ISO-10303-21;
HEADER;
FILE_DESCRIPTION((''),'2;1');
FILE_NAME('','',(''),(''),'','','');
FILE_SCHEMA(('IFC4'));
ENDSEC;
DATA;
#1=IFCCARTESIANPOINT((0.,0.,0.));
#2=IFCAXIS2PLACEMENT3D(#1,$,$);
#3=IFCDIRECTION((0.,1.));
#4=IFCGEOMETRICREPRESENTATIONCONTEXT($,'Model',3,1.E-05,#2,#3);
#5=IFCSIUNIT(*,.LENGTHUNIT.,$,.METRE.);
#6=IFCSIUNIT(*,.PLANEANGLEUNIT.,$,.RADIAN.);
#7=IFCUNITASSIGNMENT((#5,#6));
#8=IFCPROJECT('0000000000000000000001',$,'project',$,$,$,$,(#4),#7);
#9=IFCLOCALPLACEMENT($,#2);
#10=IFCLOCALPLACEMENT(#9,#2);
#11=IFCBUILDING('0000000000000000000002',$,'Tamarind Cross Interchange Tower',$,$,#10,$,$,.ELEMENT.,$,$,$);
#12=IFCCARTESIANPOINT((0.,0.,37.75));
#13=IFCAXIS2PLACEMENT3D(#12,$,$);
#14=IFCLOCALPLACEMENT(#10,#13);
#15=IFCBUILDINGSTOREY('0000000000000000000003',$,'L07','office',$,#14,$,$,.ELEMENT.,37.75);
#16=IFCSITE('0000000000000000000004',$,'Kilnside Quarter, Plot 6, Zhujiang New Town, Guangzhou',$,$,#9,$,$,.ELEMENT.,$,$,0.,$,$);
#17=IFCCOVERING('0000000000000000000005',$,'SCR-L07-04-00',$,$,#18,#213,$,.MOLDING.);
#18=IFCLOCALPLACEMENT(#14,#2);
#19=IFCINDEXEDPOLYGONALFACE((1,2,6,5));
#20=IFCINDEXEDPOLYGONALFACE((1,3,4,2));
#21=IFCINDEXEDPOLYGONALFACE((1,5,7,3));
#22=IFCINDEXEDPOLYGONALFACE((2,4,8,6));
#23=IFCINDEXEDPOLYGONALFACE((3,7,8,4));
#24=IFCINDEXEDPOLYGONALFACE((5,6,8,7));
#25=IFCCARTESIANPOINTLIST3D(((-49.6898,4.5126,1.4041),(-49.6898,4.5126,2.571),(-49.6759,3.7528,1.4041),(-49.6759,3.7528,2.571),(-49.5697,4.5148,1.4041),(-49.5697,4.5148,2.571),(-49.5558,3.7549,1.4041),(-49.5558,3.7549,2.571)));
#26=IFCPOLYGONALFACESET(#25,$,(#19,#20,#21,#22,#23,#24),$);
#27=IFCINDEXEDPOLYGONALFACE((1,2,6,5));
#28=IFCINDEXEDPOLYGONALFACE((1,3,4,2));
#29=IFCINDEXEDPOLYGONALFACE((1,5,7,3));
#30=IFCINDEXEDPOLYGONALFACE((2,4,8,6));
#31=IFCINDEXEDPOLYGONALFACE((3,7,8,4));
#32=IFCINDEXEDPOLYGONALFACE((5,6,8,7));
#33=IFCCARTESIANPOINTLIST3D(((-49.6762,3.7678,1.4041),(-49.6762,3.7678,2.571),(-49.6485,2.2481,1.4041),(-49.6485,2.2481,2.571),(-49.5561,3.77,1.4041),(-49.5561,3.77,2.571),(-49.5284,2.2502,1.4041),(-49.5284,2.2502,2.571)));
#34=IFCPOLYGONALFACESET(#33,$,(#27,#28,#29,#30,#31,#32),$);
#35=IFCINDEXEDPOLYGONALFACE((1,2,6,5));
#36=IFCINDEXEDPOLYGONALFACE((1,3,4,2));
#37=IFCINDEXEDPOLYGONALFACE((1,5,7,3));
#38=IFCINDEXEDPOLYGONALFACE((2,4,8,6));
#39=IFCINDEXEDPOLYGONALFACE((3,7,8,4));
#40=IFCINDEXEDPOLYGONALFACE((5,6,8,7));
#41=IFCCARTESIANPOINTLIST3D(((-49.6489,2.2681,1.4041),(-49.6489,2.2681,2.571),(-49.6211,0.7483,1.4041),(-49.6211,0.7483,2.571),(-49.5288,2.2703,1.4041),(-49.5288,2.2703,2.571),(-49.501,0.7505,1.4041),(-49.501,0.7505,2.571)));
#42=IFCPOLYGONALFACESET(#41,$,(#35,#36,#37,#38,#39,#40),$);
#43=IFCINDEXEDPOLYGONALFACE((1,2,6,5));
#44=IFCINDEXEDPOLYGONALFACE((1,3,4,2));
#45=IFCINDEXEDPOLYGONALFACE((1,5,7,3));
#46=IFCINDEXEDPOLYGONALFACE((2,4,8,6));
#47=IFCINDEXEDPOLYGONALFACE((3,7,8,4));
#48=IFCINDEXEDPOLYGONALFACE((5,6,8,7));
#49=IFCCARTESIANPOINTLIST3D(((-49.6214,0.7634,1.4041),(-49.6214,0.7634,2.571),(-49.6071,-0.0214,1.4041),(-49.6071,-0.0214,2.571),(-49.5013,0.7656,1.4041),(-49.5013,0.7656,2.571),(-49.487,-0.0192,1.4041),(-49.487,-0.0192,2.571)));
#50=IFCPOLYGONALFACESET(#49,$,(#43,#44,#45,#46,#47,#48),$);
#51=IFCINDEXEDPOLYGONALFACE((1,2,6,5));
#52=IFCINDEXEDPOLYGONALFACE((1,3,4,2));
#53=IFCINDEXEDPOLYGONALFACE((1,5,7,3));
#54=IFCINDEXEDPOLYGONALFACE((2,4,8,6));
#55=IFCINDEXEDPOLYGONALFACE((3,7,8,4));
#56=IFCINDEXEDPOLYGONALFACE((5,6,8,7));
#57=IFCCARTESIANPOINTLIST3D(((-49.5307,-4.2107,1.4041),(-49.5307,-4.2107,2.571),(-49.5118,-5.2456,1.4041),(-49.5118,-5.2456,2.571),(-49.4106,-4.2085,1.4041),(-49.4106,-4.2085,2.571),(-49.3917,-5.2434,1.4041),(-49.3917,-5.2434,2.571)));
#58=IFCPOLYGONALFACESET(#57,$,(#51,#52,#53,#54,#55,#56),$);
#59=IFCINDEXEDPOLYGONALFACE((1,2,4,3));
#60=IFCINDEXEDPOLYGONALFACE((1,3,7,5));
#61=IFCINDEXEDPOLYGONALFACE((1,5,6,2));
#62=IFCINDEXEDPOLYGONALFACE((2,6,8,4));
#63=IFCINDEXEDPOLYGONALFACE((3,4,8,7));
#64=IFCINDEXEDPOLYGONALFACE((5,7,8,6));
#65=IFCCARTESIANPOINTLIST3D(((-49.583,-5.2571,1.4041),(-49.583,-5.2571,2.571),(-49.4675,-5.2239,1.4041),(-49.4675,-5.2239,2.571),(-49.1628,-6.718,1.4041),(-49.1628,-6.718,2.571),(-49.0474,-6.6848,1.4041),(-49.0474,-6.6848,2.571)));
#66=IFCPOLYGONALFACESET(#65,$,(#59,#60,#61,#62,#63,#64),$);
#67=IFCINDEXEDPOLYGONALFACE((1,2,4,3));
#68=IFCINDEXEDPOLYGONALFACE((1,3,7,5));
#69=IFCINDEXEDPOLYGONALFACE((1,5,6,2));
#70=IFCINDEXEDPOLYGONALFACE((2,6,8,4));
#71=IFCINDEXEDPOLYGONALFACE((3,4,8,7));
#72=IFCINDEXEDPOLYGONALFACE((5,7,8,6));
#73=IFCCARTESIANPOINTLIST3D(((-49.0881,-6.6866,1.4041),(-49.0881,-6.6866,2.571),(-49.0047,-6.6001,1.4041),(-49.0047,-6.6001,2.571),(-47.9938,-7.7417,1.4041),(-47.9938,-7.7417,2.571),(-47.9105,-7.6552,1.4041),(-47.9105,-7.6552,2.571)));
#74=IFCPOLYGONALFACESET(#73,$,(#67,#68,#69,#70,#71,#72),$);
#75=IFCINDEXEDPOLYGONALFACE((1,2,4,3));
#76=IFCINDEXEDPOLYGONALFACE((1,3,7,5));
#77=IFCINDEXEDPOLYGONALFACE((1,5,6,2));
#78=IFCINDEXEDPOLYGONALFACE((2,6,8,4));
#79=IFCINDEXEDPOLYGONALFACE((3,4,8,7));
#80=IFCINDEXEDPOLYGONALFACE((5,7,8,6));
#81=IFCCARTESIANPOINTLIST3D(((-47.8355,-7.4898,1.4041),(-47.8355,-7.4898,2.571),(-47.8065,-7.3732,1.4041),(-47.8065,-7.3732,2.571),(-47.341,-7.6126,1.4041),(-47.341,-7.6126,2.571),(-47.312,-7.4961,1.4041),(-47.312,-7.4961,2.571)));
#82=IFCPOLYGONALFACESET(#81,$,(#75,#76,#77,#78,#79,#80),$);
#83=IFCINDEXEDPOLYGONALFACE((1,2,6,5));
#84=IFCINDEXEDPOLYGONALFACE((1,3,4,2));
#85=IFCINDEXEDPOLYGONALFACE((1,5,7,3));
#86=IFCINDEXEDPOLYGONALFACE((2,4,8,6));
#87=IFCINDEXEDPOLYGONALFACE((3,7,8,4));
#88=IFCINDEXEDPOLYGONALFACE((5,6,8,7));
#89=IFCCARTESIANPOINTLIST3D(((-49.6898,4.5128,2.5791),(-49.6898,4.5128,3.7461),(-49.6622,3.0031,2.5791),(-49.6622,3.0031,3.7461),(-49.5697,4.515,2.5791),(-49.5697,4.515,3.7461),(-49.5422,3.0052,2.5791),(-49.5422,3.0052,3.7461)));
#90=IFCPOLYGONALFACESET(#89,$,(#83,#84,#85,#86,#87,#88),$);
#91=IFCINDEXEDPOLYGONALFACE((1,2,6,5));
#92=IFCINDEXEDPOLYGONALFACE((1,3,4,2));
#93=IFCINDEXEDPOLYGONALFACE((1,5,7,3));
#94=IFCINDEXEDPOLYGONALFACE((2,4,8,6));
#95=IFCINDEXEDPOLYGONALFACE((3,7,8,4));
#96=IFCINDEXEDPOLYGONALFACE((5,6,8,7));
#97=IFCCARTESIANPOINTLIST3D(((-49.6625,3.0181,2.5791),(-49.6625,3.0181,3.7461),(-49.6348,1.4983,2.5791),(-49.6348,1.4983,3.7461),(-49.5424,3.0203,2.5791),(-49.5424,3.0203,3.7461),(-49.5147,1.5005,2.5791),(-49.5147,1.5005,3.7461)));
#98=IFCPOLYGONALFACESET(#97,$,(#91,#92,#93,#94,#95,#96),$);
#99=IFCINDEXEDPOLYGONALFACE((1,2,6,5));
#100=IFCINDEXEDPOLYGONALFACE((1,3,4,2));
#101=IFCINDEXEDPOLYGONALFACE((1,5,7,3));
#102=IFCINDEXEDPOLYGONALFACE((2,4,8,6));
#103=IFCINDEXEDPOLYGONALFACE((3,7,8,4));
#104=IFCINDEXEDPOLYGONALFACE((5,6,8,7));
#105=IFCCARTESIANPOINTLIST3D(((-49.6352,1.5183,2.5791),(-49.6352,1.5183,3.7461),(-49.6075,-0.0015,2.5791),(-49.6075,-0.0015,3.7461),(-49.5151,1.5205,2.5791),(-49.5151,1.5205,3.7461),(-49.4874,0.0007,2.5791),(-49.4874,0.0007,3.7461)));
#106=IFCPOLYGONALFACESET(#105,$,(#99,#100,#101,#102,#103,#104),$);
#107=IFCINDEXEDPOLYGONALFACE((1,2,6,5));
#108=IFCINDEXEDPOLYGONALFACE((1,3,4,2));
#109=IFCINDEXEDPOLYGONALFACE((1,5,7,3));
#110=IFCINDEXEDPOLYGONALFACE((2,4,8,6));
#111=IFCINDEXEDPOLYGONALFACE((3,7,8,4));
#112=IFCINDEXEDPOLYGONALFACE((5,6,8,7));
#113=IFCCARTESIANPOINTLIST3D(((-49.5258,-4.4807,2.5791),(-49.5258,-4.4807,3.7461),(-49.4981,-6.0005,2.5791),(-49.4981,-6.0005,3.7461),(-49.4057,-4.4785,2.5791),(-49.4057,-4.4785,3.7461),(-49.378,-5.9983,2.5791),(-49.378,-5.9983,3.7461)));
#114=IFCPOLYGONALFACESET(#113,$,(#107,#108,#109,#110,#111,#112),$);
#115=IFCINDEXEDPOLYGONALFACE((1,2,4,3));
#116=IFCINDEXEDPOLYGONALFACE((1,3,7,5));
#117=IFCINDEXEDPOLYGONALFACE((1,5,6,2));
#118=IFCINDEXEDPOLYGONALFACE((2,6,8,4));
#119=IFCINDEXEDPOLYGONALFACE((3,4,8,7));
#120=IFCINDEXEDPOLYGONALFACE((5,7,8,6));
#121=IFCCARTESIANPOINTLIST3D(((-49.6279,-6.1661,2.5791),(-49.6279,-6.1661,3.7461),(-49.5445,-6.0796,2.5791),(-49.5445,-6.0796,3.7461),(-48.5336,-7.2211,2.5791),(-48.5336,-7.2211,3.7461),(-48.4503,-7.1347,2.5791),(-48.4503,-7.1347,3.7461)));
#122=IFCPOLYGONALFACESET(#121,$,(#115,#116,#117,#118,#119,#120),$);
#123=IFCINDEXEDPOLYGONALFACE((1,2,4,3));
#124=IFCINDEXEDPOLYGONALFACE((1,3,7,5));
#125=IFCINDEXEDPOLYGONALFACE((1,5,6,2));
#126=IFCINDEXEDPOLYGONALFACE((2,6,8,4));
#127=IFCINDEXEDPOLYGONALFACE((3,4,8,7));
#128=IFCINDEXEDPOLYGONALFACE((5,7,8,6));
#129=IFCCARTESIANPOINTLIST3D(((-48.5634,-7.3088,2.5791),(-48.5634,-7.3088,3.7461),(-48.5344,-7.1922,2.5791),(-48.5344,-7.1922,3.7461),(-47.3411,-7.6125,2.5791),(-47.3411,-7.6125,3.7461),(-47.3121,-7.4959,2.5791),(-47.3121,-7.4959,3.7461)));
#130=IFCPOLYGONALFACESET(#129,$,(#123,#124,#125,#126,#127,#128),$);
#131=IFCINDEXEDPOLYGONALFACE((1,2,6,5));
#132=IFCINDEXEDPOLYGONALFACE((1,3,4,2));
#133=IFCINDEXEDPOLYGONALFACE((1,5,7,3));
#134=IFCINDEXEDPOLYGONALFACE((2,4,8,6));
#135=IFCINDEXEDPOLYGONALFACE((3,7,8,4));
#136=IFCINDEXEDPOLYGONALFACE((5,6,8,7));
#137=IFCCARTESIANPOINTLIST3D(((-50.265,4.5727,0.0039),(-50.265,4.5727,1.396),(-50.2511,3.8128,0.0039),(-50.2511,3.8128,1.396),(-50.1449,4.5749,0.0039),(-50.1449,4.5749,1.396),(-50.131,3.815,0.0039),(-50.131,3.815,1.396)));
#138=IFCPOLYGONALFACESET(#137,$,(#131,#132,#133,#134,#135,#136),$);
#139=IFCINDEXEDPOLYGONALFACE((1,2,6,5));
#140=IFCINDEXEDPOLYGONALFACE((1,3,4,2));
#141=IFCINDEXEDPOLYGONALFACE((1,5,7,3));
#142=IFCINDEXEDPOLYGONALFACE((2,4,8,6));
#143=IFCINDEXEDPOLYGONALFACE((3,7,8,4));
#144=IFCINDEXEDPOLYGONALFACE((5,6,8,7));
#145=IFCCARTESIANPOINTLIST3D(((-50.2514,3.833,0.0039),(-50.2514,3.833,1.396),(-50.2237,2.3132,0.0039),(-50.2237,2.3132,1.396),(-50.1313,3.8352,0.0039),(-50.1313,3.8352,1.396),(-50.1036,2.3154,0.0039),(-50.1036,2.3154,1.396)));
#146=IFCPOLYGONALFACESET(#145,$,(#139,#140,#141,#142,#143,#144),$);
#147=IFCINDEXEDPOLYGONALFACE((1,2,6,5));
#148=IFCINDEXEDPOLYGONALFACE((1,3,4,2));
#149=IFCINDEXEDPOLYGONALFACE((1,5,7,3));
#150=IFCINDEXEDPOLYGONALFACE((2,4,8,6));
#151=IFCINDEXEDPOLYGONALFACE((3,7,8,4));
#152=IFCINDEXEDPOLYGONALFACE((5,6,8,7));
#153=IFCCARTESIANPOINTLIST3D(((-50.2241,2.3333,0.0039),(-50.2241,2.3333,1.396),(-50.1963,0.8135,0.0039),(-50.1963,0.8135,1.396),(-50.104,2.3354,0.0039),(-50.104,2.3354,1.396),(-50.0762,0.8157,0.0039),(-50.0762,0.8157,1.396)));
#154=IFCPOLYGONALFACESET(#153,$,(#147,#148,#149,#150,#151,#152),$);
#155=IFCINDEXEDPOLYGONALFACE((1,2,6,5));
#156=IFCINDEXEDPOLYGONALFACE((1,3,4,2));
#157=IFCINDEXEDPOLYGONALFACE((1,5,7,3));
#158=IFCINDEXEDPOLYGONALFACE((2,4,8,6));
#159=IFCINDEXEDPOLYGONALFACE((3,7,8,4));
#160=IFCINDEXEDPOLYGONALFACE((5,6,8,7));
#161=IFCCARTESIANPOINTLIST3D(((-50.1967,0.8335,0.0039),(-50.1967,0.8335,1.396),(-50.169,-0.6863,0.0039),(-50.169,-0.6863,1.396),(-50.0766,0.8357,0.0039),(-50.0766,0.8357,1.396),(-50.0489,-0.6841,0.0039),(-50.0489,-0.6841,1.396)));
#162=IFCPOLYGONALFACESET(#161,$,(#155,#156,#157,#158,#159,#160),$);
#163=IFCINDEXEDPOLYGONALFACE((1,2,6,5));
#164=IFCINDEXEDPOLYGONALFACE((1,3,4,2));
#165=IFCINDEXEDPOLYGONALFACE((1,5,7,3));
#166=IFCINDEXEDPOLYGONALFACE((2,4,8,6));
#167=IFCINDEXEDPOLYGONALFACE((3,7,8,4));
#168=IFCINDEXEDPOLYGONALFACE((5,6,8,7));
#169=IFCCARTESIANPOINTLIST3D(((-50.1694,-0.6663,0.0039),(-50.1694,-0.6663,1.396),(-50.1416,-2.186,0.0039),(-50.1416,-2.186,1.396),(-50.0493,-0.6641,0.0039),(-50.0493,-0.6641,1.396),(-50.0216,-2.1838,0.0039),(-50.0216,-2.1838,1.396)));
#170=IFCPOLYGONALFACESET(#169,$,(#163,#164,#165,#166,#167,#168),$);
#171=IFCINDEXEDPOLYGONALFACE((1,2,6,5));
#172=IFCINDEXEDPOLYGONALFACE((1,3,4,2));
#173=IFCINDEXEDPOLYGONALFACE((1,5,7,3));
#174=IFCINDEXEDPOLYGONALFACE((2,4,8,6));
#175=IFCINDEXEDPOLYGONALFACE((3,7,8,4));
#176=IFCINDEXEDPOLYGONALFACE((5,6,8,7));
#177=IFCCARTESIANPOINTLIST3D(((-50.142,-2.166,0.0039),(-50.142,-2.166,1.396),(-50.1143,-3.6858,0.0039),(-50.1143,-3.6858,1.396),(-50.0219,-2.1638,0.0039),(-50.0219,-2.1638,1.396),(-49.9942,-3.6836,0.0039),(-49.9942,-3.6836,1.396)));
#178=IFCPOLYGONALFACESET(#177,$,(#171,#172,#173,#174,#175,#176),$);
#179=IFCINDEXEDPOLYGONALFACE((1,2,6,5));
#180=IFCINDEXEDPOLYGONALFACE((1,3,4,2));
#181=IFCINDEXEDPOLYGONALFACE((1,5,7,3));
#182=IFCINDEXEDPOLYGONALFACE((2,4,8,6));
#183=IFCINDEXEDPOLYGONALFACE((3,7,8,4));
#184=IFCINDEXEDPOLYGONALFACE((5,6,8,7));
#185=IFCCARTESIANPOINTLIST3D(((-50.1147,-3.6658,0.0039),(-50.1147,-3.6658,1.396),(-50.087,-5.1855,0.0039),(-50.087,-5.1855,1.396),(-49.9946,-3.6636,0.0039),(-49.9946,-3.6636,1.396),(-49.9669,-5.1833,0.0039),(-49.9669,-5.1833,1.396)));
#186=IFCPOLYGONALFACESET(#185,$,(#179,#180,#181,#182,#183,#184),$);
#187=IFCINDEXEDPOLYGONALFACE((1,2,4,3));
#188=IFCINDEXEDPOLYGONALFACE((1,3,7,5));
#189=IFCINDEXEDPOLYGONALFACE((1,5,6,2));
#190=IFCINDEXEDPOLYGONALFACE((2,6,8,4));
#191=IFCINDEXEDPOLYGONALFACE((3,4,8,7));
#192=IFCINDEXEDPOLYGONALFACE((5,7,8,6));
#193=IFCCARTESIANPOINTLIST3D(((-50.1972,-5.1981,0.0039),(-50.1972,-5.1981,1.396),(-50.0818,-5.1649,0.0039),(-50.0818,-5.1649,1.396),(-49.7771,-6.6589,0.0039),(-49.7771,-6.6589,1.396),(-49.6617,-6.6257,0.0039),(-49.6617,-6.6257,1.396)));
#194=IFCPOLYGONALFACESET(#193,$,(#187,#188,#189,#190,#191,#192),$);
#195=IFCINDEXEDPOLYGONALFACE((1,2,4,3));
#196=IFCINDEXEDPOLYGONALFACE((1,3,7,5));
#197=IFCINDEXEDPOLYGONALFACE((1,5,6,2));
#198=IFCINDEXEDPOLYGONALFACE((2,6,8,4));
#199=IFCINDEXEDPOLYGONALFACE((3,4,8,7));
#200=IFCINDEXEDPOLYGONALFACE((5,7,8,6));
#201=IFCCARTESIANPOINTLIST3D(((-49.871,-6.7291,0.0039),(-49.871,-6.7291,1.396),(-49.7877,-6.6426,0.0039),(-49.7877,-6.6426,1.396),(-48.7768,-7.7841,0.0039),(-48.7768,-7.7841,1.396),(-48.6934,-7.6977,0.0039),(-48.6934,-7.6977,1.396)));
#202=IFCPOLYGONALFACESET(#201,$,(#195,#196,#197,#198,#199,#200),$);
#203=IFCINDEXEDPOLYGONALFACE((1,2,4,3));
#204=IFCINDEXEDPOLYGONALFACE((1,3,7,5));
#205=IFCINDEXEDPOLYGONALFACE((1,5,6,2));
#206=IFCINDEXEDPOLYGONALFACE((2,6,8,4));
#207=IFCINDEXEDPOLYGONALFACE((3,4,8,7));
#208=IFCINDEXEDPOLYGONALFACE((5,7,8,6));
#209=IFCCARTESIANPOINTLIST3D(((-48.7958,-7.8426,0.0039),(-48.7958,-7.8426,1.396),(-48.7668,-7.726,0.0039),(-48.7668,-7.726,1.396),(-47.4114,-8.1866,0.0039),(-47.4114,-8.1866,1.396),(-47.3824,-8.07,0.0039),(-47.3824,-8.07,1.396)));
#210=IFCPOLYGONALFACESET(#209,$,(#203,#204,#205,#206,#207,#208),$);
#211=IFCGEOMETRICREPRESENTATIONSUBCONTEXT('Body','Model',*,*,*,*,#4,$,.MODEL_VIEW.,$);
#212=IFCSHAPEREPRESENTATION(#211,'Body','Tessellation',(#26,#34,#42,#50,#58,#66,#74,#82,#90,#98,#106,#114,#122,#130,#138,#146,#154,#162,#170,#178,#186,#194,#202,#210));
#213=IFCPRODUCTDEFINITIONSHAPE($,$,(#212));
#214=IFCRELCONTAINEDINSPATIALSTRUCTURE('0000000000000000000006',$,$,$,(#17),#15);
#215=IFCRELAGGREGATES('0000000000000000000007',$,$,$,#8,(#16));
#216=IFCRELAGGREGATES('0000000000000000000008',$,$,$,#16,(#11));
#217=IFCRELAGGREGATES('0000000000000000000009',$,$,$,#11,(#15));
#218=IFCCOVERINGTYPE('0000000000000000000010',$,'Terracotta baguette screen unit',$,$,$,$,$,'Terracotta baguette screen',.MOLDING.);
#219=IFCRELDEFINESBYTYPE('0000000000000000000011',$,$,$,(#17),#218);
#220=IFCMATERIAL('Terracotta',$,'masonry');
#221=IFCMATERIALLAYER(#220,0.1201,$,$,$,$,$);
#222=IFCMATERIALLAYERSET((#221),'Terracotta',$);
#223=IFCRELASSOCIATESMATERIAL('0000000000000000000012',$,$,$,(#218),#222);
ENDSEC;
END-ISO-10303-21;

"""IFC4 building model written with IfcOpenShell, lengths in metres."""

from ifc_helpers import new_model, si_unit, direction, frame, origin, origin_2d, place, context, subcontext, project, spatial, rectangle, extrude, material, layer, layer_set, type_object, element, save


model = new_model("IFC4")

# Units and contexts
model_context = context("Model", 3, precision=1e-05, world=origin(), true_north=direction((0.0, 1.0)))
body_context = subcontext(model_context, "Body", "Model", "MODEL_VIEW")
ifc_project = project(units=[si_unit("LENGTHUNIT", "METRE"), si_unit("PLANEANGLEUNIT", "RADIAN")], contexts=[model_context])

# Site, building, storey
site_placement = place(None, origin())
site = spatial("IfcSite", under=ifc_project, at=site_placement, Name="Kilnside Quarter, Plot 6, Zhujiang New Town, Guangzhou", CompositionType="ELEMENT", RefElevation=0.0)
building_placement = place(site_placement, origin())
building = spatial("IfcBuilding", under=site, at=building_placement, Name="Tamarind Cross Interchange Tower", CompositionType="ELEMENT")
storey_placement = place(building_placement, frame((0.0, 0.0, 37.75)))
storey = spatial("IfcBuildingStorey", under=building, at=storey_placement, Name="L07", Description="office", CompositionType="ELEMENT", Elevation=37.75)

# Covering
ifc_material_1 = material(Name="Terracotta", Category="masonry")
ifc_layer_1 = layer(ifc_material_1, 0.1201)
ifc_layer_set_1 = layer_set([ifc_layer_1], Name="Terracotta")
covering_type = type_object("IfcCoveringType", Name="Terracotta baguette screen unit", ElementType="Terracotta baguette screen", PredefinedType="MOLDING", material=ifc_layer_set_1)
covering_1_placement = place(storey_placement, origin())
element("IfcCovering", 1, at=covering_1_placement, inside=storey, type_object=covering_type, Name="SCR-L07-04-00", PredefinedType="MOLDING", context=body_context, shape_type="SweptSolid", body=[
    extrude(rectangle(XDim=0.76, YDim=0.1201, at=origin_2d()), frame((-49.6228, 4.1338, 1.4041), z_axis=(0.0, 0.0, 1.0), x_axis=(0.018234, -0.999834, 0.0)), (0.0, 0.0, 1.0), 1.167),
    extrude(rectangle(XDim=1.52, YDim=0.1201, at=origin_2d()), frame((-49.6023, 3.009, 1.4041), z_axis=(0.0, 0.0, 1.0), x_axis=(0.018234, -0.999834, 0.0)), (0.0, 0.0, 1.0), 1.167),
    extrude(rectangle(XDim=1.52, YDim=0.1201, at=origin_2d()), frame((-49.575, 1.5093, 1.4041), z_axis=(0.0, 0.0, 1.0), x_axis=(0.018234, -0.999834, 0.0)), (0.0, 0.0, 1.0), 1.167),
    extrude(rectangle(XDim=0.7849, YDim=0.1201, at=origin_2d()), frame((-49.5542, 0.3721, 1.4041), z_axis=(0.0, 0.0, 1.0), x_axis=(0.018234, -0.999834, 0.0)), (0.0, 0.0, 1.0), 1.167),
    extrude(rectangle(XDim=1.0352, YDim=0.1201, at=origin_2d()), frame((-49.4612, -4.7271, 1.4041), z_axis=(0.0, 0.0, 1.0), x_axis=(0.018234, -0.999834, 0.0)), (0.0, 0.0, 1.0), 1.167),
    extrude(rectangle(XDim=1.52, YDim=0.1201, at=origin_2d()), frame((-49.3152, -5.9709, 1.4041), z_axis=(0.0, 0.0, 1.0), x_axis=(0.276389, -0.961046, 0.0)), (0.0, 0.0, 1.0), 1.167),
    extrude(rectangle(XDim=1.52, YDim=0.1201, at=origin_2d()), frame((-48.4993, -7.1709, 1.4041), z_axis=(0.0, 0.0, 1.0), x_axis=(0.719883, -0.694096, 0.0)), (0.0, 0.0, 1.0), 1.167),
    extrude(rectangle(XDim=0.5095, YDim=0.1201, at=origin_2d()), frame((-47.5737, -7.4929, 1.4041), z_axis=(0.0, 0.0, 1.0), x_axis=(0.970485, -0.241163, 0.0)), (0.0, 0.0, 1.0), 1.167),
    extrude(rectangle(XDim=1.51, YDim=0.1201, at=origin_2d()), frame((-49.616, 3.759, 2.5791), z_axis=(0.0, 0.0, 1.0), x_axis=(0.018234, -0.999834, 0.0)), (0.0, 0.0, 1.0), 1.167),
    extrude(rectangle(XDim=1.52, YDim=0.1201, at=origin_2d()), frame((-49.5886, 2.2593, 2.5791), z_axis=(0.0, 0.0, 1.0), x_axis=(0.018234, -0.999834, 0.0)), (0.0, 0.0, 1.0), 1.167),
    extrude(rectangle(XDim=1.52, YDim=0.1201, at=origin_2d()), frame((-49.5613, 0.7595, 2.5791), z_axis=(0.0, 0.0, 1.0), x_axis=(0.018234, -0.999834, 0.0)), (0.0, 0.0, 1.0), 1.167),
    extrude(rectangle(XDim=1.52, YDim=0.1201, at=origin_2d()), frame((-49.4519, -5.2395, 2.5791), z_axis=(0.0, 0.0, 1.0), x_axis=(0.018234, -0.999834, 0.0)), (0.0, 0.0, 1.0), 1.167),
    extrude(rectangle(XDim=1.52, YDim=0.1201, at=origin_2d()), frame((-49.0391, -6.6504, 2.5791), z_axis=(0.0, 0.0, 1.0), x_axis=(0.719883, -0.694096, 0.0)), (0.0, 0.0, 1.0), 1.167),
    extrude(rectangle(XDim=1.2595, YDim=0.1201, at=origin_2d()), frame((-47.9377, -7.4023, 2.5791), z_axis=(0.0, 0.0, 1.0), x_axis=(0.970485, -0.241163, 0.0)), (0.0, 0.0, 1.0), 1.167),
    extrude(rectangle(XDim=0.76, YDim=0.1201, at=origin_2d()), frame((-50.198, 4.1938, 0.0039), z_axis=(0.0, 0.0, 1.0), x_axis=(0.018234, -0.999834, 0.0)), (0.0, 0.0, 1.0), 1.3921),
    extrude(rectangle(XDim=1.52, YDim=0.1201, at=origin_2d()), frame((-50.1775, 3.0742, 0.0039), z_axis=(0.0, 0.0, 1.0), x_axis=(0.018234, -0.999834, 0.0)), (0.0, 0.0, 1.0), 1.3921),
    extrude(rectangle(XDim=1.52, YDim=0.1201, at=origin_2d()), frame((-50.1501, 1.5745, 0.0039), z_axis=(0.0, 0.0, 1.0), x_axis=(0.018234, -0.999834, 0.0)), (0.0, 0.0, 1.0), 1.3921),
    extrude(rectangle(XDim=1.52, YDim=0.1201, at=origin_2d()), frame((-50.1228, 0.0747, 0.0039), z_axis=(0.0, 0.0, 1.0), x_axis=(0.018234, -0.999834, 0.0)), (0.0, 0.0, 1.0), 1.3921),
    extrude(rectangle(XDim=1.52, YDim=0.1201, at=origin_2d()), frame((-50.0955, -1.425, 0.0039), z_axis=(0.0, 0.0, 1.0), x_axis=(0.018234, -0.999834, 0.0)), (0.0, 0.0, 1.0), 1.3921),
    extrude(rectangle(XDim=1.52, YDim=0.1201, at=origin_2d()), frame((-50.0681, -2.9248, 0.0039), z_axis=(0.0, 0.0, 1.0), x_axis=(0.018234, -0.999834, 0.0)), (0.0, 0.0, 1.0), 1.3921),
    extrude(rectangle(XDim=1.52, YDim=0.1201, at=origin_2d()), frame((-50.0408, -4.4246, 0.0039), z_axis=(0.0, 0.0, 1.0), x_axis=(0.018234, -0.999834, 0.0)), (0.0, 0.0, 1.0), 1.3921),
    extrude(rectangle(XDim=1.52, YDim=0.1201, at=origin_2d()), frame((-49.9294, -5.9119, 0.0039), z_axis=(0.0, 0.0, 1.0), x_axis=(0.276389, -0.961046, 0.0)), (0.0, 0.0, 1.0), 1.3921),
    extrude(rectangle(XDim=1.52, YDim=0.1201, at=origin_2d()), frame((-49.2822, -7.2134, 0.0039), z_axis=(0.0, 0.0, 1.0), x_axis=(0.719883, -0.694096, 0.0)), (0.0, 0.0, 1.0), 1.3921),
    extrude(rectangle(XDim=1.4265, YDim=0.1201, at=origin_2d()), frame((-48.0891, -7.9563, 0.0039), z_axis=(0.0, 0.0, 1.0), x_axis=(0.970485, -0.241163, 0.0)), (0.0, 0.0, 1.0), 1.3921),
])

save(model, "model.ifc")
